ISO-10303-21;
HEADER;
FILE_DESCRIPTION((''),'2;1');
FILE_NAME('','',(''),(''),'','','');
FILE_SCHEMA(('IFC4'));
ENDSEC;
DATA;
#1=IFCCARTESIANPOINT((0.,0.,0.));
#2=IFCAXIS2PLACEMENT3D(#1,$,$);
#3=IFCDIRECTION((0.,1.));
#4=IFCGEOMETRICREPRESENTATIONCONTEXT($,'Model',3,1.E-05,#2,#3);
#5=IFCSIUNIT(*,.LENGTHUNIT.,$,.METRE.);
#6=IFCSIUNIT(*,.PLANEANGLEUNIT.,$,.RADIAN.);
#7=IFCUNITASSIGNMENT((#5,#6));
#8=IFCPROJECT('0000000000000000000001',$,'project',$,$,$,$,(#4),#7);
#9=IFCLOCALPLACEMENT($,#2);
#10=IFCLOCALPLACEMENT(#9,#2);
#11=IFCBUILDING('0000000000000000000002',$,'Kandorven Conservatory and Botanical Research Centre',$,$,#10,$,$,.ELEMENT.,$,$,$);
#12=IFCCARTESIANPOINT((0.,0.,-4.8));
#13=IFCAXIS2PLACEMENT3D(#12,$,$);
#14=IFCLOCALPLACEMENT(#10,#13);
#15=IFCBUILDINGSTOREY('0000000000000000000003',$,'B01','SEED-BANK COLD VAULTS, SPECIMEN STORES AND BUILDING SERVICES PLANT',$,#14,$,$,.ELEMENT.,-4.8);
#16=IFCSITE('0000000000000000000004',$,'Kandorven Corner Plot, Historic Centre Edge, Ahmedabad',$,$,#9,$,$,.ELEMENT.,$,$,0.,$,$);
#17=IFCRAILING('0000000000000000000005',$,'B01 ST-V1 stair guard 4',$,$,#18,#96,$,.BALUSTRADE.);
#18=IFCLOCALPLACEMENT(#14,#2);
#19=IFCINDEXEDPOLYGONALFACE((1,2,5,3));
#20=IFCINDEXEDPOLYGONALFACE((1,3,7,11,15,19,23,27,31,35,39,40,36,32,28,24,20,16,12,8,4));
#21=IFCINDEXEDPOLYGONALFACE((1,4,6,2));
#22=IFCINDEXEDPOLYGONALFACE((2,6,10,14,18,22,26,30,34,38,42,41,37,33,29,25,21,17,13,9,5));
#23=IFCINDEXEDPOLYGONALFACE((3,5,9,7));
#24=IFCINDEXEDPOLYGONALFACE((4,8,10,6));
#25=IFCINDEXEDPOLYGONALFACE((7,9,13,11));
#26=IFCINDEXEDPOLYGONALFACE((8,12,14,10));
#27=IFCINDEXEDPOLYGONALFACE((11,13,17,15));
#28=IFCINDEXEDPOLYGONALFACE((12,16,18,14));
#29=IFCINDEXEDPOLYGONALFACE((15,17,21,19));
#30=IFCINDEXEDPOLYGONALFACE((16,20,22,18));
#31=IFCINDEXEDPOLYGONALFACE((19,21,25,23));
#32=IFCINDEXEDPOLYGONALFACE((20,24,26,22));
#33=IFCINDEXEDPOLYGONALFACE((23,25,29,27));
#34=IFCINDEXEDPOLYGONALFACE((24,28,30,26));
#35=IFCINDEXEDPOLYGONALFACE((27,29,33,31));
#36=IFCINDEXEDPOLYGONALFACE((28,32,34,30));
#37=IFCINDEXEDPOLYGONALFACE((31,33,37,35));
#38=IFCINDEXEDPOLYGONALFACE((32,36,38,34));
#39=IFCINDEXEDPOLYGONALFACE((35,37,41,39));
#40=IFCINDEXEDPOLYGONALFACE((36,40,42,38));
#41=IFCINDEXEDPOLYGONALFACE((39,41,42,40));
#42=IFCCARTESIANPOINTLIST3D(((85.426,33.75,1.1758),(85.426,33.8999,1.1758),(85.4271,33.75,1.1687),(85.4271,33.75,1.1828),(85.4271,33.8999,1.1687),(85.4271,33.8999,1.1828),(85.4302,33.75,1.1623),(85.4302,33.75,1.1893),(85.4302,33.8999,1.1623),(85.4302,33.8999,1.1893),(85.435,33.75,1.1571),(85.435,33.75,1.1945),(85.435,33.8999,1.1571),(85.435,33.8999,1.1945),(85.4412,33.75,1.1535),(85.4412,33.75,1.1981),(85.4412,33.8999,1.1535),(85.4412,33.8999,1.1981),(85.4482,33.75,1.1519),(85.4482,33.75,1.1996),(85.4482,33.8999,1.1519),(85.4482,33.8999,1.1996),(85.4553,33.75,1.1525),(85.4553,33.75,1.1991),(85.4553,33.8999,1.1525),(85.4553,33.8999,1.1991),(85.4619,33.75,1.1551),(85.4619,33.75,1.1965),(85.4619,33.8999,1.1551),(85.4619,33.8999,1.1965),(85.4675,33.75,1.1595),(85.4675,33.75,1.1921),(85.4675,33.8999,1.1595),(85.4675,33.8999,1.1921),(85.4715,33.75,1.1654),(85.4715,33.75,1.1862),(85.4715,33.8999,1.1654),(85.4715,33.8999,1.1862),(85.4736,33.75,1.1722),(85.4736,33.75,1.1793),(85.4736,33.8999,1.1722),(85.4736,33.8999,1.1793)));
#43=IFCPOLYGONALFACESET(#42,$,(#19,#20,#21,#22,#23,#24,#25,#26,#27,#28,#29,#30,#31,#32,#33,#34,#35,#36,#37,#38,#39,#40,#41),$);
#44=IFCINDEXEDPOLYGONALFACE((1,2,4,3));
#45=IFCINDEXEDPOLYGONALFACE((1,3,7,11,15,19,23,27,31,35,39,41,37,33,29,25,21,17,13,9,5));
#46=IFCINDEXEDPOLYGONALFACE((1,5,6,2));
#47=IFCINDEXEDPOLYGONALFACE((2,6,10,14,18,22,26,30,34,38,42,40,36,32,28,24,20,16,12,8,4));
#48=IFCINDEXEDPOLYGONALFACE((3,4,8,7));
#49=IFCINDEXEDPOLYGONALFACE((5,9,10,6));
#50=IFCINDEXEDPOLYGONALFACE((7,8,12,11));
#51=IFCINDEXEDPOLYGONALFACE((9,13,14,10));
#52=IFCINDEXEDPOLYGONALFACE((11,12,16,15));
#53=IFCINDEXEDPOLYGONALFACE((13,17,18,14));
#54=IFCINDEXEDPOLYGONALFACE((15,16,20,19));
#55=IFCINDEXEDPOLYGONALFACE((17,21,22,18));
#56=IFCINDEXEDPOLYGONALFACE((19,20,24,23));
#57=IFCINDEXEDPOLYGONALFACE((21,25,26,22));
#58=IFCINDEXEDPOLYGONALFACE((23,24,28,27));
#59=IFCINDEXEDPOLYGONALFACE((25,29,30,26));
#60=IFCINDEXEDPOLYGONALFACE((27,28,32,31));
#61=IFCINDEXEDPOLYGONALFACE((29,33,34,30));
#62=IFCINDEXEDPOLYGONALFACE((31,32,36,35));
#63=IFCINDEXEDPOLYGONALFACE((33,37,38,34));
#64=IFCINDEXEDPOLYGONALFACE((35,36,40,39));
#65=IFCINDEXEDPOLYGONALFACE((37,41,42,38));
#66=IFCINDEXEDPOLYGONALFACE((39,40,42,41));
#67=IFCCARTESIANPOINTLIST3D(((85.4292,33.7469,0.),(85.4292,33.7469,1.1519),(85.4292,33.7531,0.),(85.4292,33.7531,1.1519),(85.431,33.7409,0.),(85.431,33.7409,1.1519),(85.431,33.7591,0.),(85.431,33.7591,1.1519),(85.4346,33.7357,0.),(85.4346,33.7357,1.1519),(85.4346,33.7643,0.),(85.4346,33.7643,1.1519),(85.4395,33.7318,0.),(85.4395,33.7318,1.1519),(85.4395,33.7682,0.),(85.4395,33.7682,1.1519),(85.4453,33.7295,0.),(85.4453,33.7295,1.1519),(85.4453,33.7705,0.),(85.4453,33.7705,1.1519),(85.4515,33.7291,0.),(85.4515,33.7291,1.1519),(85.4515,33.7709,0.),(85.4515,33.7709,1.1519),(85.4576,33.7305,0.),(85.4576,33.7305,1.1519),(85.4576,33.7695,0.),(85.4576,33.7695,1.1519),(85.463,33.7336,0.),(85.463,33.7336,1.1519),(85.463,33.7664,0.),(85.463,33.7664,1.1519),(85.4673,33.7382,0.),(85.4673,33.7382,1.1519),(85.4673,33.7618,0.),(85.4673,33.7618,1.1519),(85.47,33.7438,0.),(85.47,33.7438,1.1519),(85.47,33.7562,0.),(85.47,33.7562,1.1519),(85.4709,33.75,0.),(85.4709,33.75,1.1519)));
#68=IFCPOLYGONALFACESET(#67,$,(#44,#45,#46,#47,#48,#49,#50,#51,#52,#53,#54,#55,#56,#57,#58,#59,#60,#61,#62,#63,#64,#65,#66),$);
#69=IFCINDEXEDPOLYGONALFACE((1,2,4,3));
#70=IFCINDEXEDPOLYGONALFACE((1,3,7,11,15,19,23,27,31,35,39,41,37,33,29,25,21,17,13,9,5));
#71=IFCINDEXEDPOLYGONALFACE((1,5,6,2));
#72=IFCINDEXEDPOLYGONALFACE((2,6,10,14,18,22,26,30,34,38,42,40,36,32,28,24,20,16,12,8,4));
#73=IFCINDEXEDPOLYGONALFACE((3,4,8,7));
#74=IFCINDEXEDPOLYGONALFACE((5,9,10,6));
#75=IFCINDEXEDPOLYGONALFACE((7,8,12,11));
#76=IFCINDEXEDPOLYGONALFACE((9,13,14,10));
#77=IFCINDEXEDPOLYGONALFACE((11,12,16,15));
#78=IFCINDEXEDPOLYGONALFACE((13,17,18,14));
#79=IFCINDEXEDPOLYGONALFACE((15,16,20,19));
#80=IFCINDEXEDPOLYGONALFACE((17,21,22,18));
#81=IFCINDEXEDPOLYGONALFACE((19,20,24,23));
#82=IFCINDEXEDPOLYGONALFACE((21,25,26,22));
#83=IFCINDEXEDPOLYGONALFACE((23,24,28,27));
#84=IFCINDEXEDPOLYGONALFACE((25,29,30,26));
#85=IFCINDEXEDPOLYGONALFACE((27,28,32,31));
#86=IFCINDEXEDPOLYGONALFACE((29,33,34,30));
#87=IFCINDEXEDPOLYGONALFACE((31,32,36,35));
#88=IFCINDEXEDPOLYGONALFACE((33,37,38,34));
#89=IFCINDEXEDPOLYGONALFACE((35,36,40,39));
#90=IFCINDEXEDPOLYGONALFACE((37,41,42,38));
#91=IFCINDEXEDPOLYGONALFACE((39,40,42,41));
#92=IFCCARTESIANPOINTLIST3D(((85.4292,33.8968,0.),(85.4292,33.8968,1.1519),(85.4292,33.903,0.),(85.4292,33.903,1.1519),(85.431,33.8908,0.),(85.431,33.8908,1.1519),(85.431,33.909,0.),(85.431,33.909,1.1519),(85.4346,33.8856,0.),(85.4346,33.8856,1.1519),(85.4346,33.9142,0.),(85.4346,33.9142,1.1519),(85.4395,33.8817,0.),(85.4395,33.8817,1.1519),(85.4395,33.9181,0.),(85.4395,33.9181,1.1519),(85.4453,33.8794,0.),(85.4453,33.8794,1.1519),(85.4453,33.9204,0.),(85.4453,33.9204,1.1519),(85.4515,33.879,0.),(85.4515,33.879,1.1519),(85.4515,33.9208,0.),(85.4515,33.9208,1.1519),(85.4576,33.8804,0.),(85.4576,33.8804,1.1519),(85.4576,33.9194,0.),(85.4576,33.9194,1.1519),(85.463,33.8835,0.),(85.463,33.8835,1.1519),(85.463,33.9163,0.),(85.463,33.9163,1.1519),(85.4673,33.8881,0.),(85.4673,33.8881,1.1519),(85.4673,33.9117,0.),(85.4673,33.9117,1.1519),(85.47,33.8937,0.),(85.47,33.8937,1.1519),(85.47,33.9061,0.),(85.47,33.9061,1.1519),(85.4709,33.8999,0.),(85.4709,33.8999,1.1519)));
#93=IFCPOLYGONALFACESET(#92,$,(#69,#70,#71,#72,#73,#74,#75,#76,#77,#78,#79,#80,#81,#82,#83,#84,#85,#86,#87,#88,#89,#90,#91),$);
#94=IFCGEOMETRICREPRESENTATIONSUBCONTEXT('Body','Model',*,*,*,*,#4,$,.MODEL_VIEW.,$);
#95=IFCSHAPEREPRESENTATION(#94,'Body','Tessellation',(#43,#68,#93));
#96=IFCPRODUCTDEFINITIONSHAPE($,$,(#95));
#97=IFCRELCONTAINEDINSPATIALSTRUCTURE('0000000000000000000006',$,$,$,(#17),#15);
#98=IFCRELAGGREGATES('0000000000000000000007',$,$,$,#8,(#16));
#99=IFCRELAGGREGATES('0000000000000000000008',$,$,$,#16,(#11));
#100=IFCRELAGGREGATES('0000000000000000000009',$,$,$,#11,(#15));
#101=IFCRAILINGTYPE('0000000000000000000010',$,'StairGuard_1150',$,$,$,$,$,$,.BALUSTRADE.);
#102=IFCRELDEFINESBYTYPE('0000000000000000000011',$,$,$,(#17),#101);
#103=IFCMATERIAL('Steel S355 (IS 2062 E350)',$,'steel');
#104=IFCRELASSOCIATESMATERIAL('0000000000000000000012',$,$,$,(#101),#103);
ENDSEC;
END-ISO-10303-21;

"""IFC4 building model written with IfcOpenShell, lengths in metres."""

from ifc_helpers import new_model, si_unit, direction, frame, origin, origin_2d, place, context, subcontext, project, spatial, circle, extrude, material, type_object, element, save


model = new_model("IFC4")

# Units and contexts
model_context = context("Model", 3, precision=1e-05, world=origin(), true_north=direction((0.0, 1.0)))
body_context = subcontext(model_context, "Body", "Model", "MODEL_VIEW")
ifc_project = project(units=[si_unit("LENGTHUNIT", "METRE"), si_unit("PLANEANGLEUNIT", "RADIAN")], contexts=[model_context])

# Site, building, storey
site_placement = place(None, origin())
site = spatial("IfcSite", under=ifc_project, at=site_placement, Name="Kandorven Corner Plot, Historic Centre Edge, Ahmedabad", CompositionType="ELEMENT", RefElevation=0.0)
building_placement = place(site_placement, origin())
building = spatial("IfcBuilding", under=site, at=building_placement, Name="Kandorven Conservatory and Botanical Research Centre", CompositionType="ELEMENT")
storey_placement = place(building_placement, frame((0.0, 0.0, -4.8)))
storey = spatial("IfcBuildingStorey", under=building, at=storey_placement, Name="B01", Description="SEED-BANK COLD VAULTS, SPECIMEN STORES AND BUILDING SERVICES PLANT", CompositionType="ELEMENT", Elevation=-4.8)

# Railing
ifc_material_1 = material(Name="Steel S355 (IS 2062 E350)", Category="steel")
railing_type_1 = type_object("IfcRailingType", Name="StairGuard_1150", PredefinedType="BALUSTRADE", material=ifc_material_1)
railing_1_placement = place(storey_placement, frame((85.45, 33.75, 0.0)))
element("IfcRailing", 1, at=railing_1_placement, inside=storey, type_object=railing_type_1, Name="B01 ST-V1 stair guard 4", PredefinedType="BALUSTRADE", context=body_context, shape_type="SweptSolid", body=[
    extrude(circle(Radius=0.0239, at=origin_2d()), frame((0.0, 0.0, 1.1758), z_axis=(0.0, 1.0, 0.0), x_axis=(-1.0, 0.0, 0.0)), (0.0, 0.0, 1.0), 0.1499),
    extrude(circle(Radius=0.021, at=origin_2d()), origin(), (0.0, 0.0, 1.0), 1.1519),
    extrude(circle(Radius=0.021, at=origin_2d()), frame((0.0, 0.1499, 0.0)), (0.0, 0.0, 1.0), 1.1519),
])

save(model, "model.ifc")
